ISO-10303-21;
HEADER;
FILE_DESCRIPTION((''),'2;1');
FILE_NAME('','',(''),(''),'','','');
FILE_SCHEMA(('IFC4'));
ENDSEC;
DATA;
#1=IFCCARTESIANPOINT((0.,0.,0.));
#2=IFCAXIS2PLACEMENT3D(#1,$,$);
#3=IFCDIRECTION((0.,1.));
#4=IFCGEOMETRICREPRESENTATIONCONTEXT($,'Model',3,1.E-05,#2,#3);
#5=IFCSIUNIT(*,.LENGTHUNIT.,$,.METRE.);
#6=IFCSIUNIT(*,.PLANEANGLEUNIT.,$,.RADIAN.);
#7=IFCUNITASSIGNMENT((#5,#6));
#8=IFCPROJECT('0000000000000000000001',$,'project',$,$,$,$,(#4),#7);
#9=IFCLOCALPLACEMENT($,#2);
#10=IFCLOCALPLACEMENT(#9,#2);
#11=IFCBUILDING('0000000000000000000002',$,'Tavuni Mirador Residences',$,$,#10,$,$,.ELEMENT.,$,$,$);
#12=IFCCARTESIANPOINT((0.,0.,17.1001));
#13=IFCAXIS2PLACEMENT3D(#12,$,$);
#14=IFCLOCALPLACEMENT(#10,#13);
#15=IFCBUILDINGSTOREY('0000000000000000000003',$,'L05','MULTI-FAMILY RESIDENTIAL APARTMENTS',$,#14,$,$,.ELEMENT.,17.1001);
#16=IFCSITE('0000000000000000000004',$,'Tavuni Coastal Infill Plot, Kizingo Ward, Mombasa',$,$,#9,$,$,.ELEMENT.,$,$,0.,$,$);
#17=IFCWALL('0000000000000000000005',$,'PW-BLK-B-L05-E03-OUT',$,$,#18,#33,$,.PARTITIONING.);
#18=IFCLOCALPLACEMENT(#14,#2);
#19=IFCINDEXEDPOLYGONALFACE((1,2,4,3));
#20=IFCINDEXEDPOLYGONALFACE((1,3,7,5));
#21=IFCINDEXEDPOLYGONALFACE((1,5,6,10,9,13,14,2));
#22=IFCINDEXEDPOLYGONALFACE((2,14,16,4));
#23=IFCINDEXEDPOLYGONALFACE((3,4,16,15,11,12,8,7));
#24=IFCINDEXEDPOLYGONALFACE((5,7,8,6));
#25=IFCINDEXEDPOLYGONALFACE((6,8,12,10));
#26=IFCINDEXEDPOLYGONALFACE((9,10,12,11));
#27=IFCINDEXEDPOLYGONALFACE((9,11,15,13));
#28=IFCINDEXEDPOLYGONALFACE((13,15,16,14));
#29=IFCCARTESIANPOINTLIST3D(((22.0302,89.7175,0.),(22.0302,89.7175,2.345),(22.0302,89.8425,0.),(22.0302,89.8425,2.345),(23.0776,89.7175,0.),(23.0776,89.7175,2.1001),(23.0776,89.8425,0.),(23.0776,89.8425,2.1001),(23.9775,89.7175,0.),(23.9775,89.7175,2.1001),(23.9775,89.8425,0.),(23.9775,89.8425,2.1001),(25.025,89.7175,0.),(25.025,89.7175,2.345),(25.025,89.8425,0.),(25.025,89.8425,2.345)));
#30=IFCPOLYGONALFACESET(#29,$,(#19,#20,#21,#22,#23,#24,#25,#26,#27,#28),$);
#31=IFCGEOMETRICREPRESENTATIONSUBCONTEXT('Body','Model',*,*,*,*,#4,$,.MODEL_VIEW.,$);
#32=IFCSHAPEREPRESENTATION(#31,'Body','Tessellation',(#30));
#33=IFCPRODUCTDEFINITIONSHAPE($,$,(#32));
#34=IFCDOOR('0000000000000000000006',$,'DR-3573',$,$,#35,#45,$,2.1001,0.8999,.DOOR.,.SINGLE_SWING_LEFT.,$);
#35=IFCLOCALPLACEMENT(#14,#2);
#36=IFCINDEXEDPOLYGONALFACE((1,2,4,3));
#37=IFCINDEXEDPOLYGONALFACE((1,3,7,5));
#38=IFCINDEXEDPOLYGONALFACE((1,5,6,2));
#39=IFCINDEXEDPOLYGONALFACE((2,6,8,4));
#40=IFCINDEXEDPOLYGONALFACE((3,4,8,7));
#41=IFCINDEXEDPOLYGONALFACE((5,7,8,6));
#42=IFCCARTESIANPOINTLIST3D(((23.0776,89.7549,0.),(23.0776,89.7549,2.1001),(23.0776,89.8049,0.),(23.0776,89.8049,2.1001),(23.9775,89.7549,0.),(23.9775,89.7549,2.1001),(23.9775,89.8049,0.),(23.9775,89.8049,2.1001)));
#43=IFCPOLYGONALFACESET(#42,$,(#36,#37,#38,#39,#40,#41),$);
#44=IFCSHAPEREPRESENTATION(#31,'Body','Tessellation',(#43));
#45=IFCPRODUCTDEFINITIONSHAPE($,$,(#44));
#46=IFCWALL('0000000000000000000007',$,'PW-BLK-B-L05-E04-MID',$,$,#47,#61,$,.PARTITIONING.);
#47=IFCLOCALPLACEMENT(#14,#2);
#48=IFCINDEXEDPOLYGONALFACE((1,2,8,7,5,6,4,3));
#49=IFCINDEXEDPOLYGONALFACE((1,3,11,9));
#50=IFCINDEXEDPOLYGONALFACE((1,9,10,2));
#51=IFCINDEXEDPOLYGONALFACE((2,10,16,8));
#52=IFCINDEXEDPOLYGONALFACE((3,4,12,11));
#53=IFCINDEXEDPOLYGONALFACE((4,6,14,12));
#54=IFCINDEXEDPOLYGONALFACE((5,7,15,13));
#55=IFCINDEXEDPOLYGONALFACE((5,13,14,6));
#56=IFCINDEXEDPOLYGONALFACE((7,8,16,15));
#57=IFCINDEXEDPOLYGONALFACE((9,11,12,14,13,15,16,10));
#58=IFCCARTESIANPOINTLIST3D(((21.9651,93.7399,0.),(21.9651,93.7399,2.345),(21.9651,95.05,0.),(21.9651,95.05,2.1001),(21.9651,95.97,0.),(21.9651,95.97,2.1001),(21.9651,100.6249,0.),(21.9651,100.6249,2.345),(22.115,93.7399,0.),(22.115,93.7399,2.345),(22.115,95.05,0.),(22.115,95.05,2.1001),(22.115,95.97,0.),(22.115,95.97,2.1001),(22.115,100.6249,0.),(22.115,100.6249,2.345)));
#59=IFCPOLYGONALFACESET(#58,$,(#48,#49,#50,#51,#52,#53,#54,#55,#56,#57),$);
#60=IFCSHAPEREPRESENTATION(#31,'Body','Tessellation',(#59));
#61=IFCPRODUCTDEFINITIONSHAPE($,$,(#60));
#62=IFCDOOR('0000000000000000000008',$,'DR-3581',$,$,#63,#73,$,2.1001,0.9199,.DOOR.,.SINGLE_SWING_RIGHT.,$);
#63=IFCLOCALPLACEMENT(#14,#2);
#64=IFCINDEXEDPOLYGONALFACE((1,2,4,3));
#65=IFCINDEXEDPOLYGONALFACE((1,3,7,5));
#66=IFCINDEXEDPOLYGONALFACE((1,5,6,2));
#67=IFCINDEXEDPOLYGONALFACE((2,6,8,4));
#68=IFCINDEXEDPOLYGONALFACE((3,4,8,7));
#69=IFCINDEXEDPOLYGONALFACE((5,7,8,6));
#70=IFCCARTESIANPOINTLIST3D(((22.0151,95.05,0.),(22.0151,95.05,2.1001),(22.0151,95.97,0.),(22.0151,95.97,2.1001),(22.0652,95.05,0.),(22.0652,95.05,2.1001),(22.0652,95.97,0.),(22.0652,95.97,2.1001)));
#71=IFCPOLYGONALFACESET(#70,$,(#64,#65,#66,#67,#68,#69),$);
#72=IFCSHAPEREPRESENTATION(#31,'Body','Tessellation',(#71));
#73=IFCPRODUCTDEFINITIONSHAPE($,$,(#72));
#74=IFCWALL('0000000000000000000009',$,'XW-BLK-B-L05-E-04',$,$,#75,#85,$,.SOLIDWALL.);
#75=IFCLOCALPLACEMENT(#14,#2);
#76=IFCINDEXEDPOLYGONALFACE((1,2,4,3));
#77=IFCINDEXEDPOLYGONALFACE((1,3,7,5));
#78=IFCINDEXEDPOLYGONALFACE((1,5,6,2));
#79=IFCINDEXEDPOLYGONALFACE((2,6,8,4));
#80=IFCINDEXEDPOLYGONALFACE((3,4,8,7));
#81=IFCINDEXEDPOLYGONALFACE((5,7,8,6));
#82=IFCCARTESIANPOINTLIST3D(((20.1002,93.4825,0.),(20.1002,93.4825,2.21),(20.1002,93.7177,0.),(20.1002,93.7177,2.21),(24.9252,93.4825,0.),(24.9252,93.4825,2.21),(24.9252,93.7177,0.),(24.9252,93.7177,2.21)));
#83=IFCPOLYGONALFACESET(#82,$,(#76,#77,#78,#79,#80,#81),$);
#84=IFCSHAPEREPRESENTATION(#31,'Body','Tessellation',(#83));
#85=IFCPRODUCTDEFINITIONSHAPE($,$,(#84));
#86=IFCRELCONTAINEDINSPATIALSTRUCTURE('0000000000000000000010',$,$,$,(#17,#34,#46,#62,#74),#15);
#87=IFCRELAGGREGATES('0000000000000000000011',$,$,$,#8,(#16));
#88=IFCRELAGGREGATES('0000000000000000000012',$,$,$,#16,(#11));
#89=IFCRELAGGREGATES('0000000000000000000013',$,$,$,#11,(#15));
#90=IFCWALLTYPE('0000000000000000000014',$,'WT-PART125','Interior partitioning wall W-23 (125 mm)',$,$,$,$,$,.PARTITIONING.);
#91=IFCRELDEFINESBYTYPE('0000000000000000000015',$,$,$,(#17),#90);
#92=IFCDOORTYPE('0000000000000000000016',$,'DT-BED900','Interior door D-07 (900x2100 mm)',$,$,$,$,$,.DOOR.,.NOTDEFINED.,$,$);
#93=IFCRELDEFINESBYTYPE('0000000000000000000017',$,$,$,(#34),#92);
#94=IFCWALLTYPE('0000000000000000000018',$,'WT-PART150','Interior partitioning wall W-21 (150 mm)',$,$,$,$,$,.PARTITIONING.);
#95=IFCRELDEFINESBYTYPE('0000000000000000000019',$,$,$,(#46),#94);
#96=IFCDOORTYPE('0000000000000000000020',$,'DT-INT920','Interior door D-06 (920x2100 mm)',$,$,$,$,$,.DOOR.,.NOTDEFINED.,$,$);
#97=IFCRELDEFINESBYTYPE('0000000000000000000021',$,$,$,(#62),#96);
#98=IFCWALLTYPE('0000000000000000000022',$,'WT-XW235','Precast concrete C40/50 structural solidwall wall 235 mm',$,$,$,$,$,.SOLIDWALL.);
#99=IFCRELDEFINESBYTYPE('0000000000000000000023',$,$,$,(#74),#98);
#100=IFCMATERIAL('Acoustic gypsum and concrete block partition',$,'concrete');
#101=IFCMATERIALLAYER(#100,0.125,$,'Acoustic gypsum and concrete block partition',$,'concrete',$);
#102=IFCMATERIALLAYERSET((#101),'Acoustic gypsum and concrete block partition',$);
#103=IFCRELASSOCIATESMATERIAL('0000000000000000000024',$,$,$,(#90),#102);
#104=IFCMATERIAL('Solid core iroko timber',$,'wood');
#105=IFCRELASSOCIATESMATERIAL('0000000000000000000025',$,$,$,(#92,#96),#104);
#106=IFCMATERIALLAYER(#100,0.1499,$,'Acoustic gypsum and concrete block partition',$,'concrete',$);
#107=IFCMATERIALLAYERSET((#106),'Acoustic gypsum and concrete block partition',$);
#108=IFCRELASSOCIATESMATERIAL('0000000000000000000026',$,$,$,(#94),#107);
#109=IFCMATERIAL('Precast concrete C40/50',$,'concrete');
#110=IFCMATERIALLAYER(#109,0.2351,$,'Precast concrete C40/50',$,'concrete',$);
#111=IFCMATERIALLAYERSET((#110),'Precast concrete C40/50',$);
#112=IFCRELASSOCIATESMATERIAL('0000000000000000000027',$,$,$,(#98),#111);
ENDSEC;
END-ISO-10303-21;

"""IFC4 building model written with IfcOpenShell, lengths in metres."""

from ifc_helpers import new_model, si_unit, direction, frame, frame_2d, origin, place, context, subcontext, project, spatial, rectangle, extrude, material, layer, layer_set, type_object, element, fill, save


model = new_model("IFC4")

# Units and contexts
model_context = context("Model", 3, precision=1e-05, world=origin(), true_north=direction((0.0, 1.0)))
body_context = subcontext(model_context, "Body", "Model", "MODEL_VIEW")
ifc_project = project(units=[si_unit("LENGTHUNIT", "METRE"), si_unit("PLANEANGLEUNIT", "RADIAN")], contexts=[model_context])

# Site, building, storey
site_placement = place(None, origin())
site = spatial("IfcSite", under=ifc_project, at=site_placement, Name="Tavuni Coastal Infill Plot, Kizingo Ward, Mombasa", CompositionType="ELEMENT", RefElevation=0.0)
building_placement = place(site_placement, origin())
building = spatial("IfcBuilding", under=site, at=building_placement, Name="Tavuni Mirador Residences", CompositionType="ELEMENT")
storey_placement = place(building_placement, frame((0.0, 0.0, 17.1001)))
storey = spatial("IfcBuildingStorey", under=building, at=storey_placement, Name="L05", Description="MULTI-FAMILY RESIDENTIAL APARTMENTS", CompositionType="ELEMENT", Elevation=17.1001)

# Shared definitions
ifc_material_1 = material(Name="Precast concrete C40/50", Category="concrete")

# Shared definitions
ifc_material_2 = material(Name="Solid core iroko timber", Category="wood")

# Walls, openings, doors
ifc_material_3 = material(Name="Acoustic gypsum and concrete block partition", Category="concrete")
ifc_layer_1 = layer(ifc_material_3, 0.125, Name="Acoustic gypsum and concrete block partition", Category="concrete")
ifc_layer_set_1 = layer_set([ifc_layer_1], Name="Acoustic gypsum and concrete block partition")
wall_type_1 = type_object("IfcWallType", Name="WT-PART125", Description="Interior partitioning wall W-23 (125 mm)", PredefinedType="PARTITIONING", material=ifc_layer_set_1)
wall_1_placement = place(storey_placement, frame((22.03, 89.78, 0.0), z_axis=(0.0, 0.0, 1.0), x_axis=(1.0, 0.0, 0.0)))
wall_1 = element("IfcWall", 1, at=wall_1_placement, inside=storey, type_object=wall_type_1, Name="PW-BLK-B-L05-E03-OUT", PredefinedType="PARTITIONING", context=body_context, shape_type="SweptSolid", body=[
    extrude(rectangle(XDim=2.9949, YDim=0.125, at=frame_2d((1.4976, 0.0))), origin(), (0.0, 0.0, 1.0), 2.345),
])
opening_1_placement = place(wall_1_placement, frame((1.0476, 0.0, 0.0)))
opening_1 = element("IfcOpeningElement", 2, at=opening_1_placement, cuts=wall_1, PredefinedType="OPENING", context=body_context, shape_type="SweptSolid", body=[
    extrude(rectangle(XDim=0.8999, YDim=2.1001, at=frame_2d((0.45, 1.05))), frame((0.0, 0.0725, 0.0), z_axis=(0.0, -1.0, 0.0), x_axis=(1.0, 0.0, 0.0)), (0.0, 0.0, 1.0), 0.145),
])
door_type_1 = type_object("IfcDoorType", Name="DT-BED900", Description="Interior door D-07 (900x2100 mm)", OperationType="NOTDEFINED", PredefinedType="DOOR", material=ifc_material_2)
door_1_placement = place(opening_1_placement, origin())
door_1 = element("IfcDoor", 3, at=door_1_placement, inside=storey, type_object=door_type_1, Name="DR-3573", OperationType="SINGLE_SWING_LEFT", OverallHeight=2.1001, OverallWidth=0.8999, PredefinedType="DOOR", context=body_context, shape_type="SweptSolid", body=[
    extrude(rectangle(XDim=0.8999, YDim=2.1001, at=frame_2d((0.45, 1.05))), frame((0.0, 0.0249, 0.0), z_axis=(0.0, -1.0, 0.0), x_axis=(1.0, 0.0, 0.0)), (0.0, 0.0, 1.0), 0.05),
])
fill(opening_1, door_1)
ifc_layer_2 = layer(ifc_material_3, 0.1499, Name="Acoustic gypsum and concrete block partition", Category="concrete")
ifc_layer_set_2 = layer_set([ifc_layer_2], Name="Acoustic gypsum and concrete block partition")
wall_type_2 = type_object("IfcWallType", Name="WT-PART150", Description="Interior partitioning wall W-21 (150 mm)", PredefinedType="PARTITIONING", material=ifc_layer_set_2)
wall_2_placement = place(storey_placement, frame((22.04, 93.74, 0.0), z_axis=(0.0, 0.0, 1.0), x_axis=(0.0, 1.0, 0.0)))
wall_2 = element("IfcWall", 4, at=wall_2_placement, inside=storey, type_object=wall_type_2, Name="PW-BLK-B-L05-E04-MID", PredefinedType="PARTITIONING", context=body_context, shape_type="SweptSolid", body=[
    extrude(rectangle(XDim=6.885, YDim=0.1499, at=frame_2d((3.4424, 0.0))), origin(), (0.0, 0.0, 1.0), 2.345),
])
opening_2_placement = place(wall_2_placement, frame((1.3101, 0.0, 0.0)))
opening_2 = element("IfcOpeningElement", 5, at=opening_2_placement, cuts=wall_2, PredefinedType="OPENING", context=body_context, shape_type="SweptSolid", body=[
    extrude(rectangle(XDim=0.9199, YDim=2.1001, at=frame_2d((0.46, 1.05))), frame((0.0, 0.085, 0.0), z_axis=(0.0, -1.0, 0.0), x_axis=(1.0, 0.0, 0.0)), (0.0, 0.0, 1.0), 0.1699),
])
door_type_2 = type_object("IfcDoorType", Name="DT-INT920", Description="Interior door D-06 (920x2100 mm)", OperationType="NOTDEFINED", PredefinedType="DOOR", material=ifc_material_2)
door_2_placement = place(opening_2_placement, origin())
door_2 = element("IfcDoor", 6, at=door_2_placement, inside=storey, type_object=door_type_2, Name="DR-3581", OperationType="SINGLE_SWING_RIGHT", OverallHeight=2.1001, OverallWidth=0.9199, PredefinedType="DOOR", context=body_context, shape_type="SweptSolid", body=[
    extrude(rectangle(XDim=0.9199, YDim=2.1001, at=frame_2d((0.46, 1.05))), frame((0.0, 0.0249, 0.0), z_axis=(0.0, -1.0, 0.0), x_axis=(1.0, 0.0, 0.0)), (0.0, 0.0, 1.0), 0.05),
])
fill(opening_2, door_2)

# Wall
ifc_layer_3 = layer(ifc_material_1, 0.2351, Name="Precast concrete C40/50", Category="concrete")
ifc_layer_set_3 = layer_set([ifc_layer_3], Name="Precast concrete C40/50")
wall_type_3 = type_object("IfcWallType", Name="WT-XW235", Description="Precast concrete C40/50 structural solidwall wall 235 mm", PredefinedType="SOLIDWALL", material=ifc_layer_set_3)
wall_3_placement = place(storey_placement, frame((20.1001, 93.6001, 0.0), z_axis=(0.0, 0.0, 1.0), x_axis=(1.0, 0.0, 0.0)))
element("IfcWall", 7, at=wall_3_placement, inside=storey, type_object=wall_type_3, Name="XW-BLK-B-L05-E-04", PredefinedType="SOLIDWALL", context=body_context, shape_type="SweptSolid", body=[
    extrude(rectangle(XDim=4.825, YDim=0.2351, at=frame_2d((2.4126, 0.0))), origin(), (0.0, 0.0, 1.0), 2.21),
])

save(model, "model.ifc")
